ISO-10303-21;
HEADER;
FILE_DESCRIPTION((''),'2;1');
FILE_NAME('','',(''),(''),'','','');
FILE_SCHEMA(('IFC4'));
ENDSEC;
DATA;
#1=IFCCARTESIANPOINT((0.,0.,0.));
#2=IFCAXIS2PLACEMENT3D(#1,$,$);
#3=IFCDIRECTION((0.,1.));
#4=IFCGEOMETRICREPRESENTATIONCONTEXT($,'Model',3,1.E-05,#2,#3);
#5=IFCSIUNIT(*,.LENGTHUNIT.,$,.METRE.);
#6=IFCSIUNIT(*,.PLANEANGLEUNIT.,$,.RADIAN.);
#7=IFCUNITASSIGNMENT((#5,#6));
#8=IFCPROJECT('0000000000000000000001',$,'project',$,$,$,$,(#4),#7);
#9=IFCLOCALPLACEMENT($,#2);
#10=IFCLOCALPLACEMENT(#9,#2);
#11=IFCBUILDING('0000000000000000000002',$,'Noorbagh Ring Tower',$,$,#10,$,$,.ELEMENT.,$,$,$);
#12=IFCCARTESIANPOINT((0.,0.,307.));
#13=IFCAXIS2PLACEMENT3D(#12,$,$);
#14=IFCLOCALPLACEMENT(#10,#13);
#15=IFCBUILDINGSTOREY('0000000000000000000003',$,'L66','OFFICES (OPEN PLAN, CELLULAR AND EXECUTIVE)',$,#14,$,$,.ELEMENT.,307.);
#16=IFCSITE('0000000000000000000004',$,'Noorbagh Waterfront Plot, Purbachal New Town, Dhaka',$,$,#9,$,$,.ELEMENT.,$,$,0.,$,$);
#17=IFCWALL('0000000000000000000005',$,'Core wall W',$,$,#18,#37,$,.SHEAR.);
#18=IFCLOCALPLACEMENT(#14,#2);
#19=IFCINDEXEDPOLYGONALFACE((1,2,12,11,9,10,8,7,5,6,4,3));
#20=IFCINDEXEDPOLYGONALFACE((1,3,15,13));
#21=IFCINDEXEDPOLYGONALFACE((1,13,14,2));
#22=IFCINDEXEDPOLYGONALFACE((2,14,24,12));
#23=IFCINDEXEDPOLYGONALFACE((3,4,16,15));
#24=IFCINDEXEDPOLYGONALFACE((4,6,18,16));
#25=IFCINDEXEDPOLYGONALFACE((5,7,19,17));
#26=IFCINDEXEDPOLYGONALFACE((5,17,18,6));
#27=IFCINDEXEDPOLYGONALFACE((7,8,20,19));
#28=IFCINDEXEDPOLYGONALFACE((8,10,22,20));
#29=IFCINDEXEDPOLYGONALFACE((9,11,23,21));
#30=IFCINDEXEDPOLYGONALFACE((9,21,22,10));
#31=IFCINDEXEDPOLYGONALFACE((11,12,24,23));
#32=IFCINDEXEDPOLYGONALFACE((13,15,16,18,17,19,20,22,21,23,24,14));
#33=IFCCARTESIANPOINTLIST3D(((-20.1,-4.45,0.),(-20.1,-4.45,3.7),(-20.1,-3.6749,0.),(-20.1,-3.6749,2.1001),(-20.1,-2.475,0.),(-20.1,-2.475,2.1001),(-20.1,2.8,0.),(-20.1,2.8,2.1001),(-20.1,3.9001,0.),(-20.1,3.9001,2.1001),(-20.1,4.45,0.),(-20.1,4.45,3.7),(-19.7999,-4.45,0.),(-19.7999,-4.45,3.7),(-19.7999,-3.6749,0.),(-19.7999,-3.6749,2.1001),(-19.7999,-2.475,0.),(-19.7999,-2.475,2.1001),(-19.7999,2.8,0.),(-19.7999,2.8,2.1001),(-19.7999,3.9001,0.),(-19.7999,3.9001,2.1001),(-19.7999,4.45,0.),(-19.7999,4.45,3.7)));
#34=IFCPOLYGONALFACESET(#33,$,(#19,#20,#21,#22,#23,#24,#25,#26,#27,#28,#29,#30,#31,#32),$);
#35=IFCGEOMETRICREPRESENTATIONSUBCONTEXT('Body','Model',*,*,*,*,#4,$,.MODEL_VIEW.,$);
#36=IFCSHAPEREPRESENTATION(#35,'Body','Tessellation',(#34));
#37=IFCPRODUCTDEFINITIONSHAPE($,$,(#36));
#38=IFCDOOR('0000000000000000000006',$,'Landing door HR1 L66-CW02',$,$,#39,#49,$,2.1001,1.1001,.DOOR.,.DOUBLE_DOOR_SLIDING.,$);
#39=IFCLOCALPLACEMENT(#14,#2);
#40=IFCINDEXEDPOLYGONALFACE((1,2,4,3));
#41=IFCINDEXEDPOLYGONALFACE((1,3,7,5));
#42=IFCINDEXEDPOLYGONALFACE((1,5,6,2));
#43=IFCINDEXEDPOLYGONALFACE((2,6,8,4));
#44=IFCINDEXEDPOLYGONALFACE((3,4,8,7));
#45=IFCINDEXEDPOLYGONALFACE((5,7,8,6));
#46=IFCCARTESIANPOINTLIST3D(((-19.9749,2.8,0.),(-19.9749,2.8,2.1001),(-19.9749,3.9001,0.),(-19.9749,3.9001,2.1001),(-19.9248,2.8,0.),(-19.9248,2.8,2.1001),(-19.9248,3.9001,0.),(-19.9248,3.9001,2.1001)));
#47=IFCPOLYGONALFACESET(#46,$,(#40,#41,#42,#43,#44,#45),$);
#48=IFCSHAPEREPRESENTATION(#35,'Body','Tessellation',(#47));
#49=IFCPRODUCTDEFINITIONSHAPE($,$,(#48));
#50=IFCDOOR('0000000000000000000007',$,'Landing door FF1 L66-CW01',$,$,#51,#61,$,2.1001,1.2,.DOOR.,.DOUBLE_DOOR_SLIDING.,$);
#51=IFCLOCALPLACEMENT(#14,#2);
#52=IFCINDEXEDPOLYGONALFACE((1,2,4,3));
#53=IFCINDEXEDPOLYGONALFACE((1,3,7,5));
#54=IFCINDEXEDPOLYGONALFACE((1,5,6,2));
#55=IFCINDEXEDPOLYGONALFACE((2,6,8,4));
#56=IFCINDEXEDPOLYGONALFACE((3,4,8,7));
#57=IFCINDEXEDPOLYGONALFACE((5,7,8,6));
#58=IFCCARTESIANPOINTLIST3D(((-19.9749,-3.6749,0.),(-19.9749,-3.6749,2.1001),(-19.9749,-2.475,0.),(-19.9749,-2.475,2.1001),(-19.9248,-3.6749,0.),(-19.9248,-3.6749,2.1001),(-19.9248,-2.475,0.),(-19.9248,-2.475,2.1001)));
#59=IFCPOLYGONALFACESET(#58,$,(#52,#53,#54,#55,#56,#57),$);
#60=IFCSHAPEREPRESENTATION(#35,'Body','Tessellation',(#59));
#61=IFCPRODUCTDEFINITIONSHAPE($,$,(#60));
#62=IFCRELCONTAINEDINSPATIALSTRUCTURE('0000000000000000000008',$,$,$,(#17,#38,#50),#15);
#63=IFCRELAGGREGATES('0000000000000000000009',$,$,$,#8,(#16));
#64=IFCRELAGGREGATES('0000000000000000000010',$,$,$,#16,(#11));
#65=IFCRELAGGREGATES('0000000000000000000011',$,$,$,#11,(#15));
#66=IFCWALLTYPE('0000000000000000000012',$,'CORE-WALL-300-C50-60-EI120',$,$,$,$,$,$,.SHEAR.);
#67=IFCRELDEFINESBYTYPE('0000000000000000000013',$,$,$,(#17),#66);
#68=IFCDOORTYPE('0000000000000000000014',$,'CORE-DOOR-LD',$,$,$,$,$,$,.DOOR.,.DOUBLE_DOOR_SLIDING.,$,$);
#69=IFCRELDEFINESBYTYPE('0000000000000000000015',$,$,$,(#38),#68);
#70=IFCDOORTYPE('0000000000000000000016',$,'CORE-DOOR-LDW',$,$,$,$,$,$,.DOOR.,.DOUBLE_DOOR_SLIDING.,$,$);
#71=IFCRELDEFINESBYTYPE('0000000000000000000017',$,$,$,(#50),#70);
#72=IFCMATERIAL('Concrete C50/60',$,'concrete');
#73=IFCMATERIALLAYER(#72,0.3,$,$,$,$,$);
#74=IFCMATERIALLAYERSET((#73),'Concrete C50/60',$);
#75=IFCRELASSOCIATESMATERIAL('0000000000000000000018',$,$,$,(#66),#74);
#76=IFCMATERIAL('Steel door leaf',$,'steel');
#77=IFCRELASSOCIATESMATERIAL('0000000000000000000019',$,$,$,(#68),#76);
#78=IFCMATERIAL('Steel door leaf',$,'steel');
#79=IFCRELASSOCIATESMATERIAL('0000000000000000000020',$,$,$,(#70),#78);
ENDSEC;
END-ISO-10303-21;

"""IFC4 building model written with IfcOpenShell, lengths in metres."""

from ifc_helpers import new_model, si_unit, direction, frame, frame_2d, origin, place, context, subcontext, project, spatial, rectangle, extrude, material, layer, layer_set, type_object, element, fill, save


model = new_model("IFC4")

# Units and contexts
model_context = context("Model", 3, precision=1e-05, world=origin(), true_north=direction((0.0, 1.0)))
body_context = subcontext(model_context, "Body", "Model", "MODEL_VIEW")
ifc_project = project(units=[si_unit("LENGTHUNIT", "METRE"), si_unit("PLANEANGLEUNIT", "RADIAN")], contexts=[model_context])

# Site, building, storey
site_placement = place(None, origin())
site = spatial("IfcSite", under=ifc_project, at=site_placement, Name="Noorbagh Waterfront Plot, Purbachal New Town, Dhaka", CompositionType="ELEMENT", RefElevation=0.0)
building_placement = place(site_placement, origin())
building = spatial("IfcBuilding", under=site, at=building_placement, Name="Noorbagh Ring Tower", CompositionType="ELEMENT")
storey_placement = place(building_placement, frame((0.0, 0.0, 307.0)))
storey = spatial("IfcBuildingStorey", under=building, at=storey_placement, Name="L66", Description="OFFICES (OPEN PLAN, CELLULAR AND EXECUTIVE)", CompositionType="ELEMENT", Elevation=307.0)

# Shared definitions
ifc_material_1 = material(Name="Concrete C50/60", Category="concrete")
ifc_layer_1 = layer(ifc_material_1, 0.3)
ifc_layer_set_1 = layer_set([ifc_layer_1], Name="Concrete C50/60")
wall_type_1 = type_object("IfcWallType", Name="CORE-WALL-300-C50-60-EI120", PredefinedType="SHEAR", material=ifc_layer_set_1)

# Wall, openings, doors
wall_1_placement = place(storey_placement, frame((-19.95, -4.45, 0.0), z_axis=(0.0, 0.0, 1.0), x_axis=(0.0, 1.0, 0.0)))
wall_1 = element("IfcWall", 1, at=wall_1_placement, inside=storey, type_object=wall_type_1, Name="Core wall W", PredefinedType="SHEAR", context=body_context, shape_type="SweptSolid", body=[
    extrude(rectangle(XDim=8.8999, YDim=0.3, at=frame_2d((4.45, 0.0))), origin(), (0.0, 0.0, 1.0), 3.7),
])
opening_1_placement = place(wall_1_placement, frame((0.7749, 0.0, 0.0)))
opening_1 = element("IfcOpeningElement", 2, at=opening_1_placement, cuts=wall_1, PredefinedType="OPENING", context=body_context, shape_type="SweptSolid", body=[
    extrude(rectangle(XDim=1.2, YDim=2.1001, at=frame_2d((0.6001, 1.05))), frame((0.0, 0.1602, 0.0), z_axis=(0.0, -1.0, 0.0), x_axis=(1.0, 0.0, 0.0)), (0.0, 0.0, 1.0), 0.3201),
])
opening_2_placement = place(wall_1_placement, frame((7.25, 0.0, 0.0)))
opening_2 = element("IfcOpeningElement", 3, at=opening_2_placement, cuts=wall_1, PredefinedType="OPENING", context=body_context, shape_type="SweptSolid", body=[
    extrude(rectangle(XDim=1.1001, YDim=2.1001, at=frame_2d((0.55, 1.05))), frame((0.0, 0.1602, 0.0), z_axis=(0.0, -1.0, 0.0), x_axis=(1.0, 0.0, 0.0)), (0.0, 0.0, 1.0), 0.3201),
])
ifc_material_2 = material(Name="Steel door leaf", Category="steel")
door_type_1 = type_object("IfcDoorType", Name="CORE-DOOR-LD", OperationType="DOUBLE_DOOR_SLIDING", PredefinedType="DOOR", material=ifc_material_2)
door_1_placement = place(opening_2_placement, origin())
door_1 = element("IfcDoor", 4, at=door_1_placement, inside=storey, type_object=door_type_1, Name="Landing door HR1 L66-CW02", OperationType="DOUBLE_DOOR_SLIDING", OverallHeight=2.1001, OverallWidth=1.1001, PredefinedType="DOOR", context=body_context, shape_type="SweptSolid", body=[
    extrude(rectangle(XDim=1.1001, YDim=2.1001, at=frame_2d((0.55, 1.05))), frame((0.0, 0.0249, 0.0), z_axis=(0.0, -1.0, 0.0), x_axis=(1.0, 0.0, 0.0)), (0.0, 0.0, 1.0), 0.05),
])
fill(opening_2, door_1)
ifc_material_3 = material(Name="Steel door leaf", Category="steel")
door_type_2 = type_object("IfcDoorType", Name="CORE-DOOR-LDW", OperationType="DOUBLE_DOOR_SLIDING", PredefinedType="DOOR", material=ifc_material_3)
door_2_placement = place(opening_1_placement, origin())
door_2 = element("IfcDoor", 5, at=door_2_placement, inside=storey, type_object=door_type_2, Name="Landing door FF1 L66-CW01", OperationType="DOUBLE_DOOR_SLIDING", OverallHeight=2.1001, OverallWidth=1.2, PredefinedType="DOOR", context=body_context, shape_type="SweptSolid", body=[
    extrude(rectangle(XDim=1.2, YDim=2.1001, at=frame_2d((0.6001, 1.05))), frame((0.0, 0.0249, 0.0), z_axis=(0.0, -1.0, 0.0), x_axis=(1.0, 0.0, 0.0)), (0.0, 0.0, 1.0), 0.05),
])
fill(opening_1, door_2)

save(model, "model.ifc")
